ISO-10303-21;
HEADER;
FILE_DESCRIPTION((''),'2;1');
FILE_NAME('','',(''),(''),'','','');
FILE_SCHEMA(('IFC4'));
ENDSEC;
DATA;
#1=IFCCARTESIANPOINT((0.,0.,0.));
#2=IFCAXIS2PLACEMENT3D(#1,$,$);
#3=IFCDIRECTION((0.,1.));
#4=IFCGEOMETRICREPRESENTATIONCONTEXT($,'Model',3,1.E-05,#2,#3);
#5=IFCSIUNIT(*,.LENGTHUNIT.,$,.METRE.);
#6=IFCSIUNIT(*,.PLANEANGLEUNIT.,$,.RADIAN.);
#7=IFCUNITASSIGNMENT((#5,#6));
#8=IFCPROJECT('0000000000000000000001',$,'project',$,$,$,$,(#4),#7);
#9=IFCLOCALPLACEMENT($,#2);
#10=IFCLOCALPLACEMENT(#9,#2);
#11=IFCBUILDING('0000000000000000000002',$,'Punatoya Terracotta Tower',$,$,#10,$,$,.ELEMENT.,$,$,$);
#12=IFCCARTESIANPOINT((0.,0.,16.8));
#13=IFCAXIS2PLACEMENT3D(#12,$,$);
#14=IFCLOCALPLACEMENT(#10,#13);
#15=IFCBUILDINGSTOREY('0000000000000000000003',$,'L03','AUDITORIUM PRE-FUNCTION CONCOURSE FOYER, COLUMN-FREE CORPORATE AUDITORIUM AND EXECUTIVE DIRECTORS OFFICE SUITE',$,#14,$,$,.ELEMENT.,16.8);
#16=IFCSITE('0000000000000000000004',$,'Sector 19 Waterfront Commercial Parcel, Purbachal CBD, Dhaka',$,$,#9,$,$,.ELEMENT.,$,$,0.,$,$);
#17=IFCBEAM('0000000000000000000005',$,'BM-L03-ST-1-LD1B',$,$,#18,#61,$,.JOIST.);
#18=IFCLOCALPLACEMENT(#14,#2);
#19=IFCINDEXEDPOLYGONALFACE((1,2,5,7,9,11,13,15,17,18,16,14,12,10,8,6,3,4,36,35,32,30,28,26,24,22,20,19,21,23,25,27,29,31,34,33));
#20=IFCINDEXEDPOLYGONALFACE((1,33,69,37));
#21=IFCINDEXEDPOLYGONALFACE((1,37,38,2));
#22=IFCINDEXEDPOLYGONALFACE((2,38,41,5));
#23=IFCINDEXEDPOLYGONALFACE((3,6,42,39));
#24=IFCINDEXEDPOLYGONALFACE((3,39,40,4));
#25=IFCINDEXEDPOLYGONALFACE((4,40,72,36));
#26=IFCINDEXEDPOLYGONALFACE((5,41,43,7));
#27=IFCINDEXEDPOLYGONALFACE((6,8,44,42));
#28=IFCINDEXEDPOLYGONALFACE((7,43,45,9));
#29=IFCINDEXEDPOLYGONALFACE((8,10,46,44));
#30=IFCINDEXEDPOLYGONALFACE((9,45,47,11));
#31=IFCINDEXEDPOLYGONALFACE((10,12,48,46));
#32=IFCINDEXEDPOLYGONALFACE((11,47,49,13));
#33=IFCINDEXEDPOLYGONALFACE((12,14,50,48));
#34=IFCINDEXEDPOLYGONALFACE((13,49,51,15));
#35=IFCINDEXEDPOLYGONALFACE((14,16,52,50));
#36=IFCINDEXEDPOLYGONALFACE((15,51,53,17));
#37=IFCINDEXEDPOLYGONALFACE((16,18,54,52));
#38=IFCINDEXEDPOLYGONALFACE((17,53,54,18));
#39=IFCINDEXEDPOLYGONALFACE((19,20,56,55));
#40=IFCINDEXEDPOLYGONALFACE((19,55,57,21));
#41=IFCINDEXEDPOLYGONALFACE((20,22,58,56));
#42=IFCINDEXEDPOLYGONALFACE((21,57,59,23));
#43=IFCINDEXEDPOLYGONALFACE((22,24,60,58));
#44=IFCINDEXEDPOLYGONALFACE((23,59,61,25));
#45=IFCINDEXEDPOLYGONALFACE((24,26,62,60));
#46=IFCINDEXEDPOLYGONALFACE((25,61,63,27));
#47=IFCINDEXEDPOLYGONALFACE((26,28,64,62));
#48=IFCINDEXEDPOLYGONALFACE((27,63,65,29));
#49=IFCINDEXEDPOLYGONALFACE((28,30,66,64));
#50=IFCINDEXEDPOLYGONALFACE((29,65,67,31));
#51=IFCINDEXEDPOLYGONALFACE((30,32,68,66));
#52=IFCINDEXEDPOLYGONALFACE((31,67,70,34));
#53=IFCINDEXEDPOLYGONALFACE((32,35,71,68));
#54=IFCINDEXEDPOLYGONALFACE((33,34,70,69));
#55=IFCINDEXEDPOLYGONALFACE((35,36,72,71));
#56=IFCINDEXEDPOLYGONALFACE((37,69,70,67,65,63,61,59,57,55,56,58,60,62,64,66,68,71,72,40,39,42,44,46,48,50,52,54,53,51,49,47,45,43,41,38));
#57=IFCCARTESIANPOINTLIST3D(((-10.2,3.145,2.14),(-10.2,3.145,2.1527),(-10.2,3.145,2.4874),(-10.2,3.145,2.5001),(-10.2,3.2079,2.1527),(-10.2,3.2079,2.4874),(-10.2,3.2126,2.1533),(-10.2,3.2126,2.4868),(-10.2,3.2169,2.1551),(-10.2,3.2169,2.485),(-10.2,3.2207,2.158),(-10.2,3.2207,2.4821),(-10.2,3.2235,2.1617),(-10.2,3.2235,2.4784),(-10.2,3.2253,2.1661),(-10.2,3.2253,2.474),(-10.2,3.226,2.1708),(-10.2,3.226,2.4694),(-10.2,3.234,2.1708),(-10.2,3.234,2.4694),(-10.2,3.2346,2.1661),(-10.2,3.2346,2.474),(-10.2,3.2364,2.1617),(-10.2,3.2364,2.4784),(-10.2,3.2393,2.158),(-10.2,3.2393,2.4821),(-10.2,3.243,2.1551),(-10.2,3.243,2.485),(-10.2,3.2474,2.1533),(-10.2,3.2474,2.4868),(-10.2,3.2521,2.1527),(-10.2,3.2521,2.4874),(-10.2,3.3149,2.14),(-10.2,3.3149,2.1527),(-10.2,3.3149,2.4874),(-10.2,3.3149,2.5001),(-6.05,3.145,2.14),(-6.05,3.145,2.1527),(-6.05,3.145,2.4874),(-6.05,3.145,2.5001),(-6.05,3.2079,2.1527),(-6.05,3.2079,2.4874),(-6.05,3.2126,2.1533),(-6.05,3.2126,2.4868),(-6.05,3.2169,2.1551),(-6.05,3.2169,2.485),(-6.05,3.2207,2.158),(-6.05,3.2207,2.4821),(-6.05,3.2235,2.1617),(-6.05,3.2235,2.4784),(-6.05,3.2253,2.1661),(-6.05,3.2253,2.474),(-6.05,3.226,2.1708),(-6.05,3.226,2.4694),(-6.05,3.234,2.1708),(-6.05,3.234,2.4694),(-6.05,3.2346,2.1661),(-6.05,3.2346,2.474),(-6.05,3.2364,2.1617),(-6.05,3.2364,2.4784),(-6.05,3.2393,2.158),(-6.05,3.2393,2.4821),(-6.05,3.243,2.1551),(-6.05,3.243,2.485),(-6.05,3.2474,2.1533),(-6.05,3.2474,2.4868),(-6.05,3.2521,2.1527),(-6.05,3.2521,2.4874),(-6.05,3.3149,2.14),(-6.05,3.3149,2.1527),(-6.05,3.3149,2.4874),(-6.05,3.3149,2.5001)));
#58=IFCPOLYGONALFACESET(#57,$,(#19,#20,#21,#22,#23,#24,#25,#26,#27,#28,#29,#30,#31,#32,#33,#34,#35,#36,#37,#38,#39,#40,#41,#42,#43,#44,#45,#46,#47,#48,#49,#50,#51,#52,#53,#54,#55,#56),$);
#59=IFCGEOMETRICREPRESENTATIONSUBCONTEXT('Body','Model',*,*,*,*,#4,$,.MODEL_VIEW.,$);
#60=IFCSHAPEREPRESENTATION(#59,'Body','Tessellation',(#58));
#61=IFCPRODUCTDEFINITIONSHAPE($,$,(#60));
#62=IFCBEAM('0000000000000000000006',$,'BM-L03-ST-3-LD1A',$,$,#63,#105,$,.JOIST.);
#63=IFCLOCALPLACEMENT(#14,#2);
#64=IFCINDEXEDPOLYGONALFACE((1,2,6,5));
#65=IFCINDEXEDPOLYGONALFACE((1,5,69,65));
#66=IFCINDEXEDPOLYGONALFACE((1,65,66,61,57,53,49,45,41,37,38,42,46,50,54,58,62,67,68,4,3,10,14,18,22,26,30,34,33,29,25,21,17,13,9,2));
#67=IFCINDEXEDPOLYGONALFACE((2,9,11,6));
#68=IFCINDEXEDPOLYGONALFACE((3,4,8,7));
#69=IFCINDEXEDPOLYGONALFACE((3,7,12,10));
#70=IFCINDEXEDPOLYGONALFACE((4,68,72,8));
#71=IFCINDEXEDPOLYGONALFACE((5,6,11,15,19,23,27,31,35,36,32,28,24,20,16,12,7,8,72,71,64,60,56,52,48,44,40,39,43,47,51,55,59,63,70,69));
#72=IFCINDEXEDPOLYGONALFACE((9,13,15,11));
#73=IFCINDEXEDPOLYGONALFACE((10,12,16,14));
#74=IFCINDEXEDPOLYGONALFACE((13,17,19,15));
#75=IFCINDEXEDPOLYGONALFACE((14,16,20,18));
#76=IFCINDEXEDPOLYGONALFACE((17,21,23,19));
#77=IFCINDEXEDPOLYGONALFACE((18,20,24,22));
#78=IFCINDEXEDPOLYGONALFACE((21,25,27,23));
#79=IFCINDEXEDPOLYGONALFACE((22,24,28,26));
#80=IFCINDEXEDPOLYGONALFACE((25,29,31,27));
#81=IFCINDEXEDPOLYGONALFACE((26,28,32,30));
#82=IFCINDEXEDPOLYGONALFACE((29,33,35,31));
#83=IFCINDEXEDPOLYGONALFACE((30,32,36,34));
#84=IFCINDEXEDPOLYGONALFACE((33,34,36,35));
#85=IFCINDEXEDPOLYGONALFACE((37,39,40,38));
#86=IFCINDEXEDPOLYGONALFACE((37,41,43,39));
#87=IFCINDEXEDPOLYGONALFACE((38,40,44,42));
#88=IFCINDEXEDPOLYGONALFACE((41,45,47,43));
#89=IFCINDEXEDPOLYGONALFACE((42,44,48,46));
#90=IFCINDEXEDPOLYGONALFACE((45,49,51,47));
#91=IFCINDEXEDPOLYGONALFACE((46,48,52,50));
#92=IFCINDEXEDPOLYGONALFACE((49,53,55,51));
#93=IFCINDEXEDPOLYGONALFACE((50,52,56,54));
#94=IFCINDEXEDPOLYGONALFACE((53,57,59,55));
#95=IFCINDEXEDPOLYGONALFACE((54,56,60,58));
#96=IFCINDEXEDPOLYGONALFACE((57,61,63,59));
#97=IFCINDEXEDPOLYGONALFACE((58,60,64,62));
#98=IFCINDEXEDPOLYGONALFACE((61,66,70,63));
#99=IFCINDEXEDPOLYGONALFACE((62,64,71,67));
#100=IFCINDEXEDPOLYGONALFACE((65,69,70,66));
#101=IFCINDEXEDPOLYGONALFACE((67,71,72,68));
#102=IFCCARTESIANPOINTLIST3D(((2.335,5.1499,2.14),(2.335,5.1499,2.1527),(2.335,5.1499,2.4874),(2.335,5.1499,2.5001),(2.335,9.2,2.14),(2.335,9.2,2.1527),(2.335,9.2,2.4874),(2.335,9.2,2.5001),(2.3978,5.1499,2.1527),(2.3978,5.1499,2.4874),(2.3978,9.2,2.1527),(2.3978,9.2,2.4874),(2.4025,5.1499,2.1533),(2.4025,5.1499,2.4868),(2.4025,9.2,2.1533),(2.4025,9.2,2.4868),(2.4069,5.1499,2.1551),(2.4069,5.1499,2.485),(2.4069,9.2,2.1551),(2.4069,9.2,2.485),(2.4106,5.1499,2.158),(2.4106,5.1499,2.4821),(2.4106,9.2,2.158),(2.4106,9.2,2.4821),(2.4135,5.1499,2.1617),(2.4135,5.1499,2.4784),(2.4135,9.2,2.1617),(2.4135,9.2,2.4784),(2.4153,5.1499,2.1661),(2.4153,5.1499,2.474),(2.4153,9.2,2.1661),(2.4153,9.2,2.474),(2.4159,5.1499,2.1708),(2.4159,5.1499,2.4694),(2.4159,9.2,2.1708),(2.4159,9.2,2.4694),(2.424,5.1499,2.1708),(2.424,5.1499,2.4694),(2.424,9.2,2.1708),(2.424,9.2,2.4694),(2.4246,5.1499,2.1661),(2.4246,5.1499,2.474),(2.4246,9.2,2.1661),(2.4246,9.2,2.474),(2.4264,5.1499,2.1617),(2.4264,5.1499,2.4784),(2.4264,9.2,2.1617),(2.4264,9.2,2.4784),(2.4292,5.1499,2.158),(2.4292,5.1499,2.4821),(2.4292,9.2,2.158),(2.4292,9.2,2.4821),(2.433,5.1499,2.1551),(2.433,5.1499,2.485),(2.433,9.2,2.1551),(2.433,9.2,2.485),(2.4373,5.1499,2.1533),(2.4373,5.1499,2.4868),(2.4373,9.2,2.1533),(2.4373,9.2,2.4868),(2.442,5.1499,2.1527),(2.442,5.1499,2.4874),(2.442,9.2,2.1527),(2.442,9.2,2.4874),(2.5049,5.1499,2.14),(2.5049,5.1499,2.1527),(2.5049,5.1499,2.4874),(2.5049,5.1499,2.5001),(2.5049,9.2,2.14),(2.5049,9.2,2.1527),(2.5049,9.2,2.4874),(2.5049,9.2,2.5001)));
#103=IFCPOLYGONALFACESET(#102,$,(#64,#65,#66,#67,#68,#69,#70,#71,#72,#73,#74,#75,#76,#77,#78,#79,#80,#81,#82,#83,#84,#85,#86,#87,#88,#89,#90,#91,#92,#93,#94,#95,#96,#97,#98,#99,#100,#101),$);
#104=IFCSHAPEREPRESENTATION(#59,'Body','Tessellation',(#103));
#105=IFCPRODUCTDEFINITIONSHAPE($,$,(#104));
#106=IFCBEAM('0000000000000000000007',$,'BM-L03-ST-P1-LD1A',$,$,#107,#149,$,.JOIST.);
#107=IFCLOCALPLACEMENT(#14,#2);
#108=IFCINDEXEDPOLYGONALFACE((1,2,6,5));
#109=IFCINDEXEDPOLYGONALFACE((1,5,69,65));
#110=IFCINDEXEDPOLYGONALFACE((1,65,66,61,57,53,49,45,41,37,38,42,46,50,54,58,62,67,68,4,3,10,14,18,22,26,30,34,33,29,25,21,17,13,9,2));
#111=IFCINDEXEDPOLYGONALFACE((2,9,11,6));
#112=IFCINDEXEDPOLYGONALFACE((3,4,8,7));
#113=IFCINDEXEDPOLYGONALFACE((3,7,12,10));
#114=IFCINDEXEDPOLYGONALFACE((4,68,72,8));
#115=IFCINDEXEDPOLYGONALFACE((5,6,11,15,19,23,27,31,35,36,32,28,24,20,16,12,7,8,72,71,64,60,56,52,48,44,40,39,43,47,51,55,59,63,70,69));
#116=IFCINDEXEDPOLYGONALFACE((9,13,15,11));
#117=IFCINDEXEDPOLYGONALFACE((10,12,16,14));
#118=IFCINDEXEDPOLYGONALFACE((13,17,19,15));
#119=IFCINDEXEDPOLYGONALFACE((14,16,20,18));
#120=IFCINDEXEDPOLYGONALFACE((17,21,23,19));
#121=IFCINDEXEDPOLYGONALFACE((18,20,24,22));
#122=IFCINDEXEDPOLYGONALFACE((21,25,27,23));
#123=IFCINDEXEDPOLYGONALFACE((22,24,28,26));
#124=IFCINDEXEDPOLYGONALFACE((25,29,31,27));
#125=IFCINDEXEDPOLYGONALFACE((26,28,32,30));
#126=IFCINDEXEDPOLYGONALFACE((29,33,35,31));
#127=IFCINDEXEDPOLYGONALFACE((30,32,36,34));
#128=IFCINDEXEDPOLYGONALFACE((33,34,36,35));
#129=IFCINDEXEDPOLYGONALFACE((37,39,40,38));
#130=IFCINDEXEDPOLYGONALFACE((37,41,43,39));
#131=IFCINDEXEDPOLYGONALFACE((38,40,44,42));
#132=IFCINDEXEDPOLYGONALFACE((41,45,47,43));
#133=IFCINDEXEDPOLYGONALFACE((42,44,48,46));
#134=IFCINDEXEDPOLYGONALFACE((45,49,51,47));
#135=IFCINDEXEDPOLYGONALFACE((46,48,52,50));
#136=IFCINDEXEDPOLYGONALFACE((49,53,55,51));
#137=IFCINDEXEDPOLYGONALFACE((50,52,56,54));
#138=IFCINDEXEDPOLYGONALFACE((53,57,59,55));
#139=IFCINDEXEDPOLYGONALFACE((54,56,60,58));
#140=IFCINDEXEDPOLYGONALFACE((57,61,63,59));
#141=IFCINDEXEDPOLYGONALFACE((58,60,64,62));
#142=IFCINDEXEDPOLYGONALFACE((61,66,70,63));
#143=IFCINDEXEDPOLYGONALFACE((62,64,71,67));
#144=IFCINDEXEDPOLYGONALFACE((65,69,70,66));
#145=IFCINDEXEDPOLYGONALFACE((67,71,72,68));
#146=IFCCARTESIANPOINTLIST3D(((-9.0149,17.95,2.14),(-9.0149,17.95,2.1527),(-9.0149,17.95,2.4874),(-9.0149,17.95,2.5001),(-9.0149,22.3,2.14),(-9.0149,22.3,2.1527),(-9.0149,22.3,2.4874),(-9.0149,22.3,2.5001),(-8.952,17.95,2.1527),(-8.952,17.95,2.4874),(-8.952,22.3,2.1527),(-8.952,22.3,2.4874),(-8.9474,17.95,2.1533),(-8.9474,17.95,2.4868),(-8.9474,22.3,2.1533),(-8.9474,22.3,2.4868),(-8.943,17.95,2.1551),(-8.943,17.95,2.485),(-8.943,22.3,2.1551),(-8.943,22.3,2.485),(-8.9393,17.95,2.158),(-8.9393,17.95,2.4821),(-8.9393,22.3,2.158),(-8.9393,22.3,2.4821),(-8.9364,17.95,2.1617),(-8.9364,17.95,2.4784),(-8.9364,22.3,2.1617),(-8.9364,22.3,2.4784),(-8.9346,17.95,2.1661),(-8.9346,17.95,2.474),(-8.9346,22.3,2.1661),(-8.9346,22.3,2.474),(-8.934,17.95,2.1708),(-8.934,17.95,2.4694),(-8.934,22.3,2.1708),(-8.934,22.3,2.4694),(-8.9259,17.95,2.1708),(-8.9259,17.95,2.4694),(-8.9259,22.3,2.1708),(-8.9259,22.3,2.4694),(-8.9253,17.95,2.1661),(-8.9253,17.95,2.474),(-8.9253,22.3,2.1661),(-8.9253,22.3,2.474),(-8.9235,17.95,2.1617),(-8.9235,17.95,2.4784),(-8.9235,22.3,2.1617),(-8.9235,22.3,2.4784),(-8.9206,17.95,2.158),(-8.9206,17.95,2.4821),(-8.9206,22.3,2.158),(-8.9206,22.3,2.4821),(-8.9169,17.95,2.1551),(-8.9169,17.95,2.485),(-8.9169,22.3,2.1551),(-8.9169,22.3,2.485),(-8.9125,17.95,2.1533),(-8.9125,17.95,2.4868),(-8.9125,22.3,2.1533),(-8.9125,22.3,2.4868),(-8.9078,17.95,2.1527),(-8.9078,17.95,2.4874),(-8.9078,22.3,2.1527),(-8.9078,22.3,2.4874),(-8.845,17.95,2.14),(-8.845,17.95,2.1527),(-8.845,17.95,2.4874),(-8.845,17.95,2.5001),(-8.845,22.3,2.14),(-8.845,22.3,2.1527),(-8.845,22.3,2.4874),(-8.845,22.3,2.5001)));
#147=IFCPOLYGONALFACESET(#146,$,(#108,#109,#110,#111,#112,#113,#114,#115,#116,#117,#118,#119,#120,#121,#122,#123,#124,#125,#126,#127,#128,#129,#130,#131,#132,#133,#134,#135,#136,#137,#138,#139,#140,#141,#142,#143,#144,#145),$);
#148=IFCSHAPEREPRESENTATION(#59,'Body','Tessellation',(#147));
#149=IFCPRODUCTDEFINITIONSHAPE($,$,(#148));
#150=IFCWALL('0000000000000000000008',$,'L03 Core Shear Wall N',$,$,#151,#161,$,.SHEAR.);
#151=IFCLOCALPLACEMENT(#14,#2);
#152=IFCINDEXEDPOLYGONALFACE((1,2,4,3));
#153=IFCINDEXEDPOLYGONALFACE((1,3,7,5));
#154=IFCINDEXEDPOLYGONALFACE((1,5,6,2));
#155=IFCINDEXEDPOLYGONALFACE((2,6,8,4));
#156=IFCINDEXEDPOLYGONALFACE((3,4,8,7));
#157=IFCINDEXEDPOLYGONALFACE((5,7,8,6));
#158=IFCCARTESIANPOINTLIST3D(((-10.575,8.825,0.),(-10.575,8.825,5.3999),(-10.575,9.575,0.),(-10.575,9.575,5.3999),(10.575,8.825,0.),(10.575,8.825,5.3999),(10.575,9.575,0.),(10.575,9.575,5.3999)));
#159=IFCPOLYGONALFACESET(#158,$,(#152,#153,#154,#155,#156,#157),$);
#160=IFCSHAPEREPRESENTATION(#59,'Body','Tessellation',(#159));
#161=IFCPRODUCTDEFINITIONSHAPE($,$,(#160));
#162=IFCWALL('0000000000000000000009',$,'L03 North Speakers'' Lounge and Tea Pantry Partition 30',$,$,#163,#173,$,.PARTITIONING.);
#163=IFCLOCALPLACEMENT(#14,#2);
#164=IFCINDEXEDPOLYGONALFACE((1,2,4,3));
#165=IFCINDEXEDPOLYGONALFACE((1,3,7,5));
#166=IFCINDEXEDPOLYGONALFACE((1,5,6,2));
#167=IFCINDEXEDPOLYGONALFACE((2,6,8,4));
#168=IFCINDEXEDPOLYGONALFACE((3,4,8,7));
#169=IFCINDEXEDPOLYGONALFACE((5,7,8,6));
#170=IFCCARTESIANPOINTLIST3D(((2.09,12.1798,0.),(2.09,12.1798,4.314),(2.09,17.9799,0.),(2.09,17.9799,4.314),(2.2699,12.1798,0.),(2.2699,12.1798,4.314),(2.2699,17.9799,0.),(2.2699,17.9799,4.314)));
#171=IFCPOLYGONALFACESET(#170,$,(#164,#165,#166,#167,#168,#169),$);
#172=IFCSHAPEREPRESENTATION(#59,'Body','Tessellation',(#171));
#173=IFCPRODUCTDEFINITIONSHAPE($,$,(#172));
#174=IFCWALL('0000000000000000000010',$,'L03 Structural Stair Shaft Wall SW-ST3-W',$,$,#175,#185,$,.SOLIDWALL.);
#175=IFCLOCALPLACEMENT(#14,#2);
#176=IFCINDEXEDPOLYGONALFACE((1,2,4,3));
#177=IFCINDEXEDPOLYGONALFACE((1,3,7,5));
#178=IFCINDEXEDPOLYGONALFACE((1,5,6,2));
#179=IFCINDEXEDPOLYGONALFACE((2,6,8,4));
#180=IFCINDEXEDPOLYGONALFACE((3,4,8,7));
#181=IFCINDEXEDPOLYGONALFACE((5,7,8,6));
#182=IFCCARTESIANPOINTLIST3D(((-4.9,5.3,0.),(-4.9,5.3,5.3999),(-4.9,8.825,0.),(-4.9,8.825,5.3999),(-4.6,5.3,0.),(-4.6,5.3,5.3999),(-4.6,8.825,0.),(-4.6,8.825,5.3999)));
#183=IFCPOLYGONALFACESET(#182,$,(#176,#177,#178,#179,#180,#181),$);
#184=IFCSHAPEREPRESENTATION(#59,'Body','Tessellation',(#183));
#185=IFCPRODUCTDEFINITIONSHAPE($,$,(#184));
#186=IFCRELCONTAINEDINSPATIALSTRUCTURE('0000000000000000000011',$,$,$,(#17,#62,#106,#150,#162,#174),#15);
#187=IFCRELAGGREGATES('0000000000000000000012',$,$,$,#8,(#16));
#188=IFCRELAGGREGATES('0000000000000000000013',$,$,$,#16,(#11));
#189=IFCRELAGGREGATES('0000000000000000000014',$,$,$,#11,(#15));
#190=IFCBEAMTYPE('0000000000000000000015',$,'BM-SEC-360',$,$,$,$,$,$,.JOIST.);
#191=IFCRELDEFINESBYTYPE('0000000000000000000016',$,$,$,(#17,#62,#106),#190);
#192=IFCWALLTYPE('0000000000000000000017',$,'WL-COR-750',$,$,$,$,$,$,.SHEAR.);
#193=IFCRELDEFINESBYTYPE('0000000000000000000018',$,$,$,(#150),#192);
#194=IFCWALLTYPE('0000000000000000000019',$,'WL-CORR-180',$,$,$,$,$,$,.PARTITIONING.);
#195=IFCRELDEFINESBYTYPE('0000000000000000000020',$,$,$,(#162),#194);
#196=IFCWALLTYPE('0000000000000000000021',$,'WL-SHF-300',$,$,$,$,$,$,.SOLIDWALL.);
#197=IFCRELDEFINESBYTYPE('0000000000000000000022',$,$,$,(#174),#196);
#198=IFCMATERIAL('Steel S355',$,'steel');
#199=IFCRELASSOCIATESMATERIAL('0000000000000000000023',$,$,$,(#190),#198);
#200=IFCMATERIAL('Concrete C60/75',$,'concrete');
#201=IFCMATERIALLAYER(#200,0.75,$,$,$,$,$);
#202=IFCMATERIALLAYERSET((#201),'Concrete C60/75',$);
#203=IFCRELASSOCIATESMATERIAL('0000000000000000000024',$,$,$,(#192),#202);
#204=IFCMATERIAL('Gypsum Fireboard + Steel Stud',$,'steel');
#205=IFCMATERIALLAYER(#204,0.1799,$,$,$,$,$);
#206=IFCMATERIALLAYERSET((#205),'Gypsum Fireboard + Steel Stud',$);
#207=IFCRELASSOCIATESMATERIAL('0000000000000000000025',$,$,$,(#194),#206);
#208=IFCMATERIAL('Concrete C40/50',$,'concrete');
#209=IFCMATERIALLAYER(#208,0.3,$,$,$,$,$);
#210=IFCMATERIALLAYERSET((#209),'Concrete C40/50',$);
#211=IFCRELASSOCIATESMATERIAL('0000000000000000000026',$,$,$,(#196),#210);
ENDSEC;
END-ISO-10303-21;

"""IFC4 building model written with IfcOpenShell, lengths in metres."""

from ifc_helpers import new_model, si_unit, direction, frame, frame_2d, origin, origin_2d, place, context, subcontext, project, spatial, rectangle, i_section, extrude, material, layer, layer_set, material_profile, profile_set, type_object, element, save


model = new_model("IFC4")

# Units and contexts
model_context = context("Model", 3, precision=1e-05, world=origin(), true_north=direction((0.0, 1.0)))
body_context = subcontext(model_context, "Body", "Model", "MODEL_VIEW")
ifc_project = project(units=[si_unit("LENGTHUNIT", "METRE"), si_unit("PLANEANGLEUNIT", "RADIAN")], contexts=[model_context])

# Site, building, storey
site_placement = place(None, origin())
site = spatial("IfcSite", under=ifc_project, at=site_placement, Name="Sector 19 Waterfront Commercial Parcel, Purbachal CBD, Dhaka", CompositionType="ELEMENT", RefElevation=0.0)
building_placement = place(site_placement, origin())
building = spatial("IfcBuilding", under=site, at=building_placement, Name="Punatoya Terracotta Tower", CompositionType="ELEMENT")
storey_placement = place(building_placement, frame((0.0, 0.0, 16.8)))
storey = spatial("IfcBuildingStorey", under=building, at=storey_placement, Name="L03", Description="AUDITORIUM PRE-FUNCTION CONCOURSE FOYER, COLUMN-FREE CORPORATE AUDITORIUM AND EXECUTIVE DIRECTORS OFFICE SUITE", CompositionType="ELEMENT", Elevation=16.8)

# Beams
ifc_material_1 = material(Name="Steel S355", Category="steel")
ifc_material_2 = material(Name="Concrete C60/75", Category="concrete")
ifc_material_profile_1 = material_profile(ifc_material_1, i_section(OverallWidth=0.1699, OverallDepth=0.3601, WebThickness=0.0081, FlangeThickness=0.0127, FilletRadius=0.0181, at=origin_2d()))
ifc_profile_set_1 = profile_set([ifc_material_profile_1], Name="Steel S355")
beam_type_1 = type_object("IfcBeamType", Name="BM-SEC-360", PredefinedType="JOIST", material=ifc_profile_set_1)
for number, where, z_axis, x_axis, name in (
    (1, (-10.2, 3.23, 2.3201), (1.0, 0.0, 0.0), (0.0, 1.0, 0.0), "BM-L03-ST-1-LD1B"),
):
    element("IfcBeam", number, at=place(storey_placement, frame(where, z_axis=z_axis, x_axis=x_axis)), inside=storey, type_object=beam_type_1, Name=name, PredefinedType="JOIST", context=body_context, shape_type="SweptSolid", body=[
        extrude(i_section(OverallWidth=0.1699, OverallDepth=0.3601, WebThickness=0.0081, FlangeThickness=0.0127, FilletRadius=0.0181, at=origin_2d()), origin(), (0.0, 0.0, 1.0), 4.1499),
    ])
beam_1_placement = place(storey_placement, frame((2.4199, 5.1499, 2.3201), z_axis=(0.0, 1.0, 0.0), x_axis=(-1.0, 0.0, 0.0)))
element("IfcBeam", 2, at=beam_1_placement, inside=storey, type_object=beam_type_1, Name="BM-L03-ST-3-LD1A", PredefinedType="JOIST", context=body_context, shape_type="SweptSolid", body=[
    extrude(i_section(OverallWidth=0.1699, OverallDepth=0.3601, WebThickness=0.0081, FlangeThickness=0.0127, FilletRadius=0.0181, at=origin_2d()), origin(), (0.0, 0.0, 1.0), 4.05),
])
beam_2_placement = place(storey_placement, frame((-8.9299, 17.95, 2.3201), z_axis=(0.0, 1.0, 0.0), x_axis=(-1.0, 0.0, 0.0)))
element("IfcBeam", 3, at=beam_2_placement, inside=storey, type_object=beam_type_1, Name="BM-L03-ST-P1-LD1A", PredefinedType="JOIST", context=body_context, shape_type="SweptSolid", body=[
    extrude(i_section(OverallWidth=0.1699, OverallDepth=0.3601, WebThickness=0.0081, FlangeThickness=0.0127, FilletRadius=0.0181, at=origin_2d()), origin(), (0.0, 0.0, 1.0), 4.3501),
])

# Walls
ifc_layer_1 = layer(ifc_material_2, 0.75)
ifc_layer_set_1 = layer_set([ifc_layer_1], Name="Concrete C60/75")
wall_type_1 = type_object("IfcWallType", Name="WL-COR-750", PredefinedType="SHEAR", material=ifc_layer_set_1)
wall_1_placement = place(storey_placement, frame((-10.575, 9.2, 0.0), z_axis=(0.0, 0.0, 1.0), x_axis=(1.0, 0.0, 0.0)))
element("IfcWall", 4, at=wall_1_placement, inside=storey, type_object=wall_type_1, Name="L03 Core Shear Wall N", PredefinedType="SHEAR", context=body_context, shape_type="SweptSolid", body=[
    extrude(rectangle(XDim=21.1499, YDim=0.75, at=frame_2d((10.575, 0.0))), origin(), (0.0, 0.0, 1.0), 5.3999),
])
ifc_material_3 = material(Name="Gypsum Fireboard + Steel Stud", Category="steel")
ifc_layer_2 = layer(ifc_material_3, 0.1799)
ifc_layer_set_2 = layer_set([ifc_layer_2], Name="Gypsum Fireboard + Steel Stud")
wall_type_2 = type_object("IfcWallType", Name="WL-CORR-180", PredefinedType="PARTITIONING", material=ifc_layer_set_2)
wall_2_placement = place(storey_placement, frame((2.1799, 12.1799, 0.0), z_axis=(0.0, 0.0, 1.0), x_axis=(0.0, 1.0, 0.0)))
element("IfcWall", 5, at=wall_2_placement, inside=storey, type_object=wall_type_2, Name="L03 North Speakers' Lounge and Tea Pantry Partition 30", PredefinedType="PARTITIONING", context=body_context, shape_type="SweptSolid", body=[
    extrude(rectangle(XDim=5.8, YDim=0.1799, at=frame_2d((2.8999, 0.0))), origin(), (0.0, 0.0, 1.0), 4.314),
])
ifc_material_4 = material(Name="Concrete C40/50", Category="concrete")
ifc_layer_3 = layer(ifc_material_4, 0.3)
ifc_layer_set_3 = layer_set([ifc_layer_3], Name="Concrete C40/50")
wall_type_3 = type_object("IfcWallType", Name="WL-SHF-300", PredefinedType="SOLIDWALL", material=ifc_layer_set_3)
wall_3_placement = place(storey_placement, frame((-4.75, 5.3, 0.0), z_axis=(0.0, 0.0, 1.0), x_axis=(0.0, 1.0, 0.0)))
element("IfcWall", 6, at=wall_3_placement, inside=storey, type_object=wall_type_3, Name="L03 Structural Stair Shaft Wall SW-ST3-W", PredefinedType="SOLIDWALL", context=body_context, shape_type="SweptSolid", body=[
    extrude(rectangle(XDim=3.5249, YDim=0.3, at=frame_2d((1.7625, 0.0))), origin(), (0.0, 0.0, 1.0), 5.3999),
])

save(model, "model.ifc")
